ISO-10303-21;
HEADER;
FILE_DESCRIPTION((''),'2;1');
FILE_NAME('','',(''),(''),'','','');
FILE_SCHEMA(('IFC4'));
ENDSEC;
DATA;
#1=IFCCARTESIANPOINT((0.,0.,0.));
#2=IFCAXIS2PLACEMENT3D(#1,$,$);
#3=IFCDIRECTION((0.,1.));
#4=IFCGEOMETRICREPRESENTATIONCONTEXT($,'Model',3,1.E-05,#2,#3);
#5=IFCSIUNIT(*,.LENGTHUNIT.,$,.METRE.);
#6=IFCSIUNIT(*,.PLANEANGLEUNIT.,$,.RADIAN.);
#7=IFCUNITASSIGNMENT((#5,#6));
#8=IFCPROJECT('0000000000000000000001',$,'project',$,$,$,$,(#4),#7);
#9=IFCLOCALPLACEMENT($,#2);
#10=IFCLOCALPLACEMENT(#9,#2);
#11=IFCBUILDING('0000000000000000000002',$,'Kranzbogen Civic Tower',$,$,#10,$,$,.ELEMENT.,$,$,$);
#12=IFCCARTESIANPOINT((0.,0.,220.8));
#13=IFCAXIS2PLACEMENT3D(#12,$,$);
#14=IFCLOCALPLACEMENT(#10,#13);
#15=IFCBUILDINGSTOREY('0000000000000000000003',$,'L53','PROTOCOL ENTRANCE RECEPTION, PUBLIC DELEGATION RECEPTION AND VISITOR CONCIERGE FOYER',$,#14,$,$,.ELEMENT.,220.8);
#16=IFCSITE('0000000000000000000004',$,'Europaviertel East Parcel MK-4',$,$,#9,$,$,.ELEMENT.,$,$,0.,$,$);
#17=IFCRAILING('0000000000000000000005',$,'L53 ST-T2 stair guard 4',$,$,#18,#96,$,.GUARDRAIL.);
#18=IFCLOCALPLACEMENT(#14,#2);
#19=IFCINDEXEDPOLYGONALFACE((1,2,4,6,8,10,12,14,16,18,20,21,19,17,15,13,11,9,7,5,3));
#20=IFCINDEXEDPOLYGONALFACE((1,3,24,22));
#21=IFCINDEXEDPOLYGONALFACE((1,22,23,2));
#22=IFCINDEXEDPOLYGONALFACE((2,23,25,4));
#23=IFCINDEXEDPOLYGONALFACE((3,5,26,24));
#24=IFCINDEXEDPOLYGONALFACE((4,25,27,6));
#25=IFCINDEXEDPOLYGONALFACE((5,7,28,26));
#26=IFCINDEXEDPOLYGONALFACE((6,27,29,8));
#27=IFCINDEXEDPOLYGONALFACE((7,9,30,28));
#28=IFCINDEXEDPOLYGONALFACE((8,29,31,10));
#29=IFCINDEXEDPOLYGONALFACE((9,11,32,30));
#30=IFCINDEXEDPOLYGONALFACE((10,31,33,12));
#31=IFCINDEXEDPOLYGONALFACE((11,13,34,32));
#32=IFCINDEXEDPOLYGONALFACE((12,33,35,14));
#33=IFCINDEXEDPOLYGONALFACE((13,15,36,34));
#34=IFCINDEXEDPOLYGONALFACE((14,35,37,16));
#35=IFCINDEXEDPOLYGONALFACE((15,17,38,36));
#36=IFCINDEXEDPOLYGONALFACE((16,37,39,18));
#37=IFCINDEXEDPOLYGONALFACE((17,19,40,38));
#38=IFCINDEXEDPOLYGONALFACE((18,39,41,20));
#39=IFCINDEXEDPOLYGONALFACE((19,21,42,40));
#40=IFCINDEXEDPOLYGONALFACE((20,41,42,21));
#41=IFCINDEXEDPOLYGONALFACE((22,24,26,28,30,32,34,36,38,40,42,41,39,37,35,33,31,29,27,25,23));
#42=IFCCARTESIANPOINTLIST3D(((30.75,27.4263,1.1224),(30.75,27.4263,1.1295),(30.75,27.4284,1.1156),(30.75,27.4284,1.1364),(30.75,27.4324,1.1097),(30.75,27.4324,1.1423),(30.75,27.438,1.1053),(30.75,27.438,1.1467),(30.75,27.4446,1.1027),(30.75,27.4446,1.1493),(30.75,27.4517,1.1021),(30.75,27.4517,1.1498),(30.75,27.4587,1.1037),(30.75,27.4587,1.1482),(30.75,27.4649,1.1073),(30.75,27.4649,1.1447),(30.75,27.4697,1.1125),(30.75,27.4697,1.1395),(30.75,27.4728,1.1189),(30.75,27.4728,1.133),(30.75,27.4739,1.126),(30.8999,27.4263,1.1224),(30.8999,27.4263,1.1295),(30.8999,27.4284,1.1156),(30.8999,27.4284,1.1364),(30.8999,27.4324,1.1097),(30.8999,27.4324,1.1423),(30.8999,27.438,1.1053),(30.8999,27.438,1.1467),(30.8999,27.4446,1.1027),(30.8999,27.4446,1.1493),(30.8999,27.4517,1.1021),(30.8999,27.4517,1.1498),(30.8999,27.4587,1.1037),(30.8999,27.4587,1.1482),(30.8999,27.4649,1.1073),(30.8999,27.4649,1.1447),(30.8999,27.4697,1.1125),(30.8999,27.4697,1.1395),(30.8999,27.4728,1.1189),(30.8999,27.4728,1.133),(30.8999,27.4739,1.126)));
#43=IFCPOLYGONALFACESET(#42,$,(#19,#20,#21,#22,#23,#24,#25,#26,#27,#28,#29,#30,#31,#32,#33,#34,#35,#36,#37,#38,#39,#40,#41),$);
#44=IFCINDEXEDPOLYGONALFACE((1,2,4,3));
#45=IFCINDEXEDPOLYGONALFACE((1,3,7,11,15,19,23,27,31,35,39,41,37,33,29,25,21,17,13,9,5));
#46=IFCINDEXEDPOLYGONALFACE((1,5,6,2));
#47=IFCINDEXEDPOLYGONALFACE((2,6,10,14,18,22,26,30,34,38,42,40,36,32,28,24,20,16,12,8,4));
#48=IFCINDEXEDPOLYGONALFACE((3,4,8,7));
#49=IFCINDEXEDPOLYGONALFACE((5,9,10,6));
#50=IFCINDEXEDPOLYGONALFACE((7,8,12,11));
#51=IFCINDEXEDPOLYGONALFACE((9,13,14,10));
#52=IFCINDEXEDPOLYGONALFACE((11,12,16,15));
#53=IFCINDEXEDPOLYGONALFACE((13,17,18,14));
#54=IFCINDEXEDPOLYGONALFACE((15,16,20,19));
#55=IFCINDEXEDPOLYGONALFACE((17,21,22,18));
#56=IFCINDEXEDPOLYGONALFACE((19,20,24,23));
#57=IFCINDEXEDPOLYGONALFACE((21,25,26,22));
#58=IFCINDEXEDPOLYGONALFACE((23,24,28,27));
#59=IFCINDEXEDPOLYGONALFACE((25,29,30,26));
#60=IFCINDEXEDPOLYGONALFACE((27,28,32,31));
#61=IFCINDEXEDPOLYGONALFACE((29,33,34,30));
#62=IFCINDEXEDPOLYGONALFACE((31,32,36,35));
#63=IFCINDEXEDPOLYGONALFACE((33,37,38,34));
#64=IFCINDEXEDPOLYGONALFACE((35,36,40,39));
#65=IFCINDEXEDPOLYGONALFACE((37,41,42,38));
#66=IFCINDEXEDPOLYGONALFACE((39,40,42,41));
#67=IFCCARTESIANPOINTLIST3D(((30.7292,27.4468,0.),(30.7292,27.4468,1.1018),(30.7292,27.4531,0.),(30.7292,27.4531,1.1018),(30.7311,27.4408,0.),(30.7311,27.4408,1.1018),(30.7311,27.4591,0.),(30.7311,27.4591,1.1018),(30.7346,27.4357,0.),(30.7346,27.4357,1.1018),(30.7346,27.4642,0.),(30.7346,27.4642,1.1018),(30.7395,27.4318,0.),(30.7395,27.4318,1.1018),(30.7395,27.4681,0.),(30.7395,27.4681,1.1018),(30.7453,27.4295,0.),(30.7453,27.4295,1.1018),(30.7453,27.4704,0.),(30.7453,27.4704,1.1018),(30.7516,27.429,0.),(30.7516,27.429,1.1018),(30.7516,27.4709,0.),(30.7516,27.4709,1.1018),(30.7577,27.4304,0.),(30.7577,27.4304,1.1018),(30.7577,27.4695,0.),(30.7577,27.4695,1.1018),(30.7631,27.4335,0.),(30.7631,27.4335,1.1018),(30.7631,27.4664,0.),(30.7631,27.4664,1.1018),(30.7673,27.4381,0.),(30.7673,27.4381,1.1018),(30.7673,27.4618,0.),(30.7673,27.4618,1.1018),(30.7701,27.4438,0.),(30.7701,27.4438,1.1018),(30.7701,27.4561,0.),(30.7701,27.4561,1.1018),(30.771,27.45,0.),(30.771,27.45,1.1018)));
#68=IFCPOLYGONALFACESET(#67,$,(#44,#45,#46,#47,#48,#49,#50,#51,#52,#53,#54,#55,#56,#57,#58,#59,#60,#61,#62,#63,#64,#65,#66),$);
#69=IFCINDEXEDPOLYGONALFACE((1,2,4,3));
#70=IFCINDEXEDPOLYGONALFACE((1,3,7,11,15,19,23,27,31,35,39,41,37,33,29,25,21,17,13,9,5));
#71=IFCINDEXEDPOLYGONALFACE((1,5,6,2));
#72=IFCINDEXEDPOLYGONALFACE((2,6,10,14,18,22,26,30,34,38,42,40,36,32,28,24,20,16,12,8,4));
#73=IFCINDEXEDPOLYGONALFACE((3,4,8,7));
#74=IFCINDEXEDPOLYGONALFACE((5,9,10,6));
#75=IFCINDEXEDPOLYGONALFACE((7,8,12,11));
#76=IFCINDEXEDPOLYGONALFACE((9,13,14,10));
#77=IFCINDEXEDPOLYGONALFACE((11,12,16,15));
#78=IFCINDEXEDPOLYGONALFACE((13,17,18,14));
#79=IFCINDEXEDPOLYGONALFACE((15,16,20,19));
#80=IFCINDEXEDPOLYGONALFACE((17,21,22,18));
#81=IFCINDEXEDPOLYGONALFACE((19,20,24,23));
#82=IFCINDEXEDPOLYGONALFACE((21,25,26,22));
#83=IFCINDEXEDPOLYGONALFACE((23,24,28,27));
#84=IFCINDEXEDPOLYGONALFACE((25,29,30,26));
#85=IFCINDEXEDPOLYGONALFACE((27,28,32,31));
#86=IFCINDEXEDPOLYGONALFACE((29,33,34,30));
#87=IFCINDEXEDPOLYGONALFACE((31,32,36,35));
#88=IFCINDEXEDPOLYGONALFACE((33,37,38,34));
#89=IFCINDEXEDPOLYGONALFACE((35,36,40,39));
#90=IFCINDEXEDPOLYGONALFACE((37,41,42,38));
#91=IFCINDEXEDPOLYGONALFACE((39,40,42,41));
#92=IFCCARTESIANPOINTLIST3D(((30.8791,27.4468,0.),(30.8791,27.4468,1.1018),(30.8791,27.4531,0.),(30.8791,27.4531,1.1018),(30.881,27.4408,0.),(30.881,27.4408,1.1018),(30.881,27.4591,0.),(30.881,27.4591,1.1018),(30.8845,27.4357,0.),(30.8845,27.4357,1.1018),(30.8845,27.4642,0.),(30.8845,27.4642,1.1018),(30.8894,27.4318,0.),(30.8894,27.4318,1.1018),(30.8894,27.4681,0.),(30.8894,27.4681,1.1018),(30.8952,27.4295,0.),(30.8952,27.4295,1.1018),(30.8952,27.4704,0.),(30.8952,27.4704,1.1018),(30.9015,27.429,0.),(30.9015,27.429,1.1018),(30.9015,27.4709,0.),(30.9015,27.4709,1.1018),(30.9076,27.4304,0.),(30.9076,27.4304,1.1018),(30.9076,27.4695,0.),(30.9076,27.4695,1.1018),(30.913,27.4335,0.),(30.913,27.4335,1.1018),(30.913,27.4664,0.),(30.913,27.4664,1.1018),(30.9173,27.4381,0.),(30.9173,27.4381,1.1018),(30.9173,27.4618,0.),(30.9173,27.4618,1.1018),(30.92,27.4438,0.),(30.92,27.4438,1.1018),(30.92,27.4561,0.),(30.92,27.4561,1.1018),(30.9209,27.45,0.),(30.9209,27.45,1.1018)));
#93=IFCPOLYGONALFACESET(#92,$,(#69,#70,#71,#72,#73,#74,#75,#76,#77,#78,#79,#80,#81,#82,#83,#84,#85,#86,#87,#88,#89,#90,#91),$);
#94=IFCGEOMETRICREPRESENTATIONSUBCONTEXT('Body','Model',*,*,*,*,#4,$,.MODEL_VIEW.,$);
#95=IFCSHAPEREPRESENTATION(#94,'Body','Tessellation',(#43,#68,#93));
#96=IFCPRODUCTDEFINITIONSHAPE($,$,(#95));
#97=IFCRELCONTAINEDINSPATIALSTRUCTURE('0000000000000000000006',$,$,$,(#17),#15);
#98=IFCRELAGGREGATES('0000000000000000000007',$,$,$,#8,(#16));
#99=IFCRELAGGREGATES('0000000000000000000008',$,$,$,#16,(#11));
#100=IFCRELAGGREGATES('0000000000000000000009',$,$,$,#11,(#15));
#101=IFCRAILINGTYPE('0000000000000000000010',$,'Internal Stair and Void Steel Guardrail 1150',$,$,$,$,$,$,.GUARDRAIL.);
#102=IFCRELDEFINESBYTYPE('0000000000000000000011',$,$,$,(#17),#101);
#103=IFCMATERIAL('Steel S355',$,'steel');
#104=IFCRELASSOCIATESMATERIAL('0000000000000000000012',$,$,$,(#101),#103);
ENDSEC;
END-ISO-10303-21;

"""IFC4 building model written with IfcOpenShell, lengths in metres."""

from ifc_helpers import new_model, si_unit, direction, frame, origin, origin_2d, place, context, subcontext, project, spatial, circle, extrude, material, type_object, element, save


model = new_model("IFC4")

# Units and contexts
model_context = context("Model", 3, precision=1e-05, world=origin(), true_north=direction((0.0, 1.0)))
body_context = subcontext(model_context, "Body", "Model", "MODEL_VIEW")
ifc_project = project(units=[si_unit("LENGTHUNIT", "METRE"), si_unit("PLANEANGLEUNIT", "RADIAN")], contexts=[model_context])

# Site, building, storey
site_placement = place(None, origin())
site = spatial("IfcSite", under=ifc_project, at=site_placement, Name="Europaviertel East Parcel MK-4", CompositionType="ELEMENT", RefElevation=0.0)
building_placement = place(site_placement, origin())
building = spatial("IfcBuilding", under=site, at=building_placement, Name="Kranzbogen Civic Tower", CompositionType="ELEMENT")
storey_placement = place(building_placement, frame((0.0, 0.0, 220.8)))
storey = spatial("IfcBuildingStorey", under=building, at=storey_placement, Name="L53", Description="PROTOCOL ENTRANCE RECEPTION, PUBLIC DELEGATION RECEPTION AND VISITOR CONCIERGE FOYER", CompositionType="ELEMENT", Elevation=220.8)

# Shared definitions
ifc_material_1 = material(Name="Steel S355", Category="steel")

# Railing
railing_type_1 = type_object("IfcRailingType", Name="Internal Stair and Void Steel Guardrail 1150", PredefinedType="GUARDRAIL", material=ifc_material_1)
railing_1_placement = place(storey_placement, frame((30.75, 27.45, 0.0)))
element("IfcRailing", 1, at=railing_1_placement, inside=storey, type_object=railing_type_1, Name="L53 ST-T2 stair guard 4", PredefinedType="GUARDRAIL", context=body_context, shape_type="SweptSolid", body=[
    extrude(circle(Radius=0.0239, at=origin_2d()), frame((0.0, 0.0, 1.126), z_axis=(1.0, 0.0, 0.0), x_axis=(0.0, 1.0, 0.0)), (0.0, 0.0, 1.0), 0.1499),
    extrude(circle(Radius=0.021, at=origin_2d()), origin(), (0.0, 0.0, 1.0), 1.1018),
    extrude(circle(Radius=0.021, at=origin_2d()), frame((0.1499, 0.0, 0.0)), (0.0, 0.0, 1.0), 1.1018),
])

save(model, "model.ifc")
